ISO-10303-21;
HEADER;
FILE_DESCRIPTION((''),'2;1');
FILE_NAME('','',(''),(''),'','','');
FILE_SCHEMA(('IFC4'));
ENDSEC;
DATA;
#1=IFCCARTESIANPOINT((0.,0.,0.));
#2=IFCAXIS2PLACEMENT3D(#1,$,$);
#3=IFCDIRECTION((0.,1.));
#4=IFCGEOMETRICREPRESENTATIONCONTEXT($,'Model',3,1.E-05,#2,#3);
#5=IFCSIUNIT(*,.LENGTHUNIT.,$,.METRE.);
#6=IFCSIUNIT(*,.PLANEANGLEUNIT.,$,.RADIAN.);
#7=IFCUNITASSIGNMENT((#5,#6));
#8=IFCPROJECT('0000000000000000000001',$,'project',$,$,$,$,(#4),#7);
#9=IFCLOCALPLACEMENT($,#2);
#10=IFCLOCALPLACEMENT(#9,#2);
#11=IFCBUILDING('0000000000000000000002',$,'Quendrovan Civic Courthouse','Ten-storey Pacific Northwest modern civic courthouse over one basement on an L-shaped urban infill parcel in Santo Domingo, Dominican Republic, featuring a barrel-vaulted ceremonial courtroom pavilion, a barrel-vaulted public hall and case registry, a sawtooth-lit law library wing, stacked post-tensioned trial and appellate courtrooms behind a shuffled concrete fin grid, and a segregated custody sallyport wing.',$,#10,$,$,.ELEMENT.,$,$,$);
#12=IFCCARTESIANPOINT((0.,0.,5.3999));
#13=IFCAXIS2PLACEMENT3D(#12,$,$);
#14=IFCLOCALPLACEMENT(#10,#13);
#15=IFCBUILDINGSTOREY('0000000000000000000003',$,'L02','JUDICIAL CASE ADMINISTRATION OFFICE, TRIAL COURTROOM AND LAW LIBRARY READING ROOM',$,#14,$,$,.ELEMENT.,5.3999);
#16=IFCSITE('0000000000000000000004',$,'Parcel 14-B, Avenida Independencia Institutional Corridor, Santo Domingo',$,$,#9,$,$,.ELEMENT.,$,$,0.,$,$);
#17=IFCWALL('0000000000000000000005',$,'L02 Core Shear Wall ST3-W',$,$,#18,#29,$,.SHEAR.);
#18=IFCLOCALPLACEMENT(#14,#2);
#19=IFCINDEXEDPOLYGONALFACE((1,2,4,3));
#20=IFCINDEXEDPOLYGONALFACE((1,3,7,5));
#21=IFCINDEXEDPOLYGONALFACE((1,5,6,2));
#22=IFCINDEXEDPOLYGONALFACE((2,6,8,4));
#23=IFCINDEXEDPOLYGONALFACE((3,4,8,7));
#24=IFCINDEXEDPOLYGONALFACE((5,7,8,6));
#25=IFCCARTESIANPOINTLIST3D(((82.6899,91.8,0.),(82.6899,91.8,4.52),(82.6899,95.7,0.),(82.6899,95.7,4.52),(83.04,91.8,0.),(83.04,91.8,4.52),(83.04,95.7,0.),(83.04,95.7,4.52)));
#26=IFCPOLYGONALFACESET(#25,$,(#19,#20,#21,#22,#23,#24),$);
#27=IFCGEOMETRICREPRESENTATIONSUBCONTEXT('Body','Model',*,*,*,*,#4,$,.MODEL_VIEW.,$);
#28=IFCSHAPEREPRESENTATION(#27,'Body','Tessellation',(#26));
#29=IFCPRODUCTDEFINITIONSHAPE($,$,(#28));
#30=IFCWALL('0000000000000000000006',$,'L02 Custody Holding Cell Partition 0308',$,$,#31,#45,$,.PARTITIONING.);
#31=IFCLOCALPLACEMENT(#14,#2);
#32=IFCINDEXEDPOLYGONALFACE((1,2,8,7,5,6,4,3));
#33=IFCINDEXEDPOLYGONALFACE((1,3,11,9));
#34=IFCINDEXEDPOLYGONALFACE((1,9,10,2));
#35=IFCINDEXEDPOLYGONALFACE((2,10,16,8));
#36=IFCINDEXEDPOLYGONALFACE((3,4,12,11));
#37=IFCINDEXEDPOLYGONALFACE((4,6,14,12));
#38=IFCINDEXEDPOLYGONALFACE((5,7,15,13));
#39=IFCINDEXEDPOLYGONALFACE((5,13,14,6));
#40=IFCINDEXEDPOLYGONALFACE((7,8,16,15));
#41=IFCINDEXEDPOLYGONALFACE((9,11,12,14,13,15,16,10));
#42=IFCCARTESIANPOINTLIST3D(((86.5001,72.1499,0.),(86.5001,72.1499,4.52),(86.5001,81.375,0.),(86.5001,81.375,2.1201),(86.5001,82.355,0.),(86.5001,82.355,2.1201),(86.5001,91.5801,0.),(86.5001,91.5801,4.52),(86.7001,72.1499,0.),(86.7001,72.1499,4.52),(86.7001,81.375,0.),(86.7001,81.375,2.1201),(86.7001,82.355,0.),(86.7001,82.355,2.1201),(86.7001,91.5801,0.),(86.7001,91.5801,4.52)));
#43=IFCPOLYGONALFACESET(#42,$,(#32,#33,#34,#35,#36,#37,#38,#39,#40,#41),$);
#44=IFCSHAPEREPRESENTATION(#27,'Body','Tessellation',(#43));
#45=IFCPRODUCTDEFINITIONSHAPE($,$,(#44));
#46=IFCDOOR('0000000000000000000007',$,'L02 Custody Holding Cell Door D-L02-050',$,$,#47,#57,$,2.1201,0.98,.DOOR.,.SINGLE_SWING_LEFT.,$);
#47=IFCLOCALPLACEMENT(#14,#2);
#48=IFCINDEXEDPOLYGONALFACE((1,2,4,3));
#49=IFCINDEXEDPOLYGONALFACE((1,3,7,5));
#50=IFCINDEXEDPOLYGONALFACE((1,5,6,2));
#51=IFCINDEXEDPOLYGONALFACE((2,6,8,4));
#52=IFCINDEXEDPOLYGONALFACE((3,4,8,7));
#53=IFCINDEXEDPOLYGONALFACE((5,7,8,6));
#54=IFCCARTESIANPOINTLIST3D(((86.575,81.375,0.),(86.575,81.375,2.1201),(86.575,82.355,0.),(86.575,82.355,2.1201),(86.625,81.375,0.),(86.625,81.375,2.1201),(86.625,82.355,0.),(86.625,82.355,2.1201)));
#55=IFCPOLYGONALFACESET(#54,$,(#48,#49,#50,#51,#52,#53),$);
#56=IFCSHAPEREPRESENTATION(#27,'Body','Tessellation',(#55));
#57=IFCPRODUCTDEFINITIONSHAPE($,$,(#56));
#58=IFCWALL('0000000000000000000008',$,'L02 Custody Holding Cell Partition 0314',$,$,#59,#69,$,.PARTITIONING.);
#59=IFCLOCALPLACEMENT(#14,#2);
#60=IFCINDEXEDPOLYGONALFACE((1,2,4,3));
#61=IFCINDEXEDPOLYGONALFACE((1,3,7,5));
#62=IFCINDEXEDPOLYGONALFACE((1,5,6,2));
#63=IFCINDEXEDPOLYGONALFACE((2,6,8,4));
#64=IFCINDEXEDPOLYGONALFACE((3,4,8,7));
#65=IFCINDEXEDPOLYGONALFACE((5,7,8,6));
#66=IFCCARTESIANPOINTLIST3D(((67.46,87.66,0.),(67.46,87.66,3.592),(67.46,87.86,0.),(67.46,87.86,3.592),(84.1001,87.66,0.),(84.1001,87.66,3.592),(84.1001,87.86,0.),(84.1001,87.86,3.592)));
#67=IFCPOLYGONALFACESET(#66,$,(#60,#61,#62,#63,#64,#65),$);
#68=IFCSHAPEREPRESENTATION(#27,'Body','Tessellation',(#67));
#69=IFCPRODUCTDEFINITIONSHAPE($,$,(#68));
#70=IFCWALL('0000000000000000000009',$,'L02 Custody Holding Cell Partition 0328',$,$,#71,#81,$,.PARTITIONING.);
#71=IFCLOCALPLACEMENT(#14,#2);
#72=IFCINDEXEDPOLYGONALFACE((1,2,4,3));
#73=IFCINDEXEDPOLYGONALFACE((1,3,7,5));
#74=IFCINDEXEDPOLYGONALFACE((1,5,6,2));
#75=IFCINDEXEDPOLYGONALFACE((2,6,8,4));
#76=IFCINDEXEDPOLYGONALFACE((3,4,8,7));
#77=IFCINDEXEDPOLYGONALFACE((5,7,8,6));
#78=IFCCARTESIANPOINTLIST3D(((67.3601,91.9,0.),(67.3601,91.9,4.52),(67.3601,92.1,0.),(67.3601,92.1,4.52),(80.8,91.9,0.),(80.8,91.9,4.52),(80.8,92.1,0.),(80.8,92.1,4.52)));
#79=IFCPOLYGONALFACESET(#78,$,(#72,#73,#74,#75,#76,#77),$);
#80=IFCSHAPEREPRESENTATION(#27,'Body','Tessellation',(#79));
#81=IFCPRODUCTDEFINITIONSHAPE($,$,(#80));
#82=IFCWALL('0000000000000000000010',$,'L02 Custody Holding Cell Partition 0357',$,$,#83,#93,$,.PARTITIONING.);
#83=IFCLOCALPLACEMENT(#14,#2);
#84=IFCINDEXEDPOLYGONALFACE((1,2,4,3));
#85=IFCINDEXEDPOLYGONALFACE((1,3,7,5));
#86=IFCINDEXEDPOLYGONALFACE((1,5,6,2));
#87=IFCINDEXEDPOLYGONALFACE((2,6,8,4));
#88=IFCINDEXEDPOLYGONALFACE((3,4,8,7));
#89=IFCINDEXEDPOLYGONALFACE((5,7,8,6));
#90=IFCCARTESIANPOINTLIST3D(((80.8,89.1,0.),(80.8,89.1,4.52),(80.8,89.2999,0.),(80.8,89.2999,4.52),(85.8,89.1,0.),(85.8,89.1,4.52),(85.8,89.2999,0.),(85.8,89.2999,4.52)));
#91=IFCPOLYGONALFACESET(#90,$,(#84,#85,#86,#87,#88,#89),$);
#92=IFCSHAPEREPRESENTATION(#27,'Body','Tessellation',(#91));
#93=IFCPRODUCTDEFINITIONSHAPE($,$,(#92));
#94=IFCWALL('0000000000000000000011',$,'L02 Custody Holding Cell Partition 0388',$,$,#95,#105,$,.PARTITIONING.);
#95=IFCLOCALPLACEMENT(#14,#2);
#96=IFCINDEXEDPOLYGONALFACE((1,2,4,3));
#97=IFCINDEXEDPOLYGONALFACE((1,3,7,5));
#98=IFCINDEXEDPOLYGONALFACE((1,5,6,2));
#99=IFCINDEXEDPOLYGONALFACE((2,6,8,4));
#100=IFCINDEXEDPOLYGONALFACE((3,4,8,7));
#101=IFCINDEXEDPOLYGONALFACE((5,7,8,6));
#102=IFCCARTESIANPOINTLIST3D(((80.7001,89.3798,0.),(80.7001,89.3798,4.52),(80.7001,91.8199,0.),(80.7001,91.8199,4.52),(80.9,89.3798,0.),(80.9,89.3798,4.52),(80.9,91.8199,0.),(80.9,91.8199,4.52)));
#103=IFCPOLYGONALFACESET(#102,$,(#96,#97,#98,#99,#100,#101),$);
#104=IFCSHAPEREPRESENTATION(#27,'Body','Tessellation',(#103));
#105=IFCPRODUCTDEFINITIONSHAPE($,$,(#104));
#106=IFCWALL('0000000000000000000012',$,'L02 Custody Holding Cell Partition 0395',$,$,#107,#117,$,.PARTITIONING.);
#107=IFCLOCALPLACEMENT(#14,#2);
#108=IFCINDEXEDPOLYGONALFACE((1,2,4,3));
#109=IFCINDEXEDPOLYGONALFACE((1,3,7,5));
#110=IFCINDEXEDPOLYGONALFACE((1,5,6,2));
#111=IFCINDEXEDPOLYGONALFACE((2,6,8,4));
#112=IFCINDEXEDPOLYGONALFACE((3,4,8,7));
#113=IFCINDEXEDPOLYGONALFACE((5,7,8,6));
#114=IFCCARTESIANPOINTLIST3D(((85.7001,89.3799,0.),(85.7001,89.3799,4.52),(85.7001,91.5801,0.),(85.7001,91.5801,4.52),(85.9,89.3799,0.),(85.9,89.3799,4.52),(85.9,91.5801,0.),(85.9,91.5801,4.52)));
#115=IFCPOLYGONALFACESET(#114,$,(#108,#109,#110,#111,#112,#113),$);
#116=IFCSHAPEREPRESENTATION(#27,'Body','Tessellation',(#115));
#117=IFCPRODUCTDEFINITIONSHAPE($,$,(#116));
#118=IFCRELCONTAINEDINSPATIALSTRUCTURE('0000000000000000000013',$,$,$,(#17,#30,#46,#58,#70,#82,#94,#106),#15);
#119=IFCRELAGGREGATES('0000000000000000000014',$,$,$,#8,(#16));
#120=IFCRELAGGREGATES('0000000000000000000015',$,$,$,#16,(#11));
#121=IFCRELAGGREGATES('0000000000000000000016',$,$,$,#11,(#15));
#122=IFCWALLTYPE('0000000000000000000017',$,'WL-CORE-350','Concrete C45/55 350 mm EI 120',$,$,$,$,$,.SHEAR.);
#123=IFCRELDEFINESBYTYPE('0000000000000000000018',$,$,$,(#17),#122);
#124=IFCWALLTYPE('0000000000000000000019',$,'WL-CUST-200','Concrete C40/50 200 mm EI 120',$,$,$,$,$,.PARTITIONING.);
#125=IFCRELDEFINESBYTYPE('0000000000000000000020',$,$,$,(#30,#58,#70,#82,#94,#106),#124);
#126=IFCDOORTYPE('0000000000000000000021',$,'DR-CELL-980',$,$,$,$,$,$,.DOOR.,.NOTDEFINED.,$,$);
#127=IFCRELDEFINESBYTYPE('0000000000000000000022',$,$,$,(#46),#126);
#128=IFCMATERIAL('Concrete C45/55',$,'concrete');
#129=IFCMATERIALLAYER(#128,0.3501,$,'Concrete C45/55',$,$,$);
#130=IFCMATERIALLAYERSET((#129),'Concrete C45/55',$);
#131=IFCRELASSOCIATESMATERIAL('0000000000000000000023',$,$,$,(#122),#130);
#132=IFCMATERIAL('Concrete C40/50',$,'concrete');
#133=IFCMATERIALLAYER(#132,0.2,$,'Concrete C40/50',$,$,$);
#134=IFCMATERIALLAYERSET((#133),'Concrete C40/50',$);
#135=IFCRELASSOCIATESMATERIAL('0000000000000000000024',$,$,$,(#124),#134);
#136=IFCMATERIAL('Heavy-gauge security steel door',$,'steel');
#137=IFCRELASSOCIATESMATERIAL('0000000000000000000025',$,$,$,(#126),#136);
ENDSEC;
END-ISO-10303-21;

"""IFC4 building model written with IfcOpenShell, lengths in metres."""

from ifc_helpers import new_model, si_unit, direction, frame, frame_2d, origin, place, context, subcontext, project, spatial, rectangle, extrude, material, layer, layer_set, type_object, element, fill, save


model = new_model("IFC4")

# Units and contexts
model_context = context("Model", 3, precision=1e-05, world=origin(), true_north=direction((0.0, 1.0)))
body_context = subcontext(model_context, "Body", "Model", "MODEL_VIEW")
ifc_project = project(units=[si_unit("LENGTHUNIT", "METRE"), si_unit("PLANEANGLEUNIT", "RADIAN")], contexts=[model_context])

# Site, building, storey
site_placement = place(None, origin())
site = spatial("IfcSite", under=ifc_project, at=site_placement, Name="Parcel 14-B, Avenida Independencia Institutional Corridor, Santo Domingo", CompositionType="ELEMENT", RefElevation=0.0)
building_placement = place(site_placement, origin())
building = spatial("IfcBuilding", under=site, at=building_placement, Name="Quendrovan Civic Courthouse", Description="Ten-storey Pacific Northwest modern civic courthouse over one basement on an L-shaped urban infill parcel in Santo Domingo, Dominican Republic, featuring a barrel-vaulted ceremonial courtroom pavilion, a barrel-vaulted public hall and case registry, a sawtooth-lit law library wing, stacked post-tensioned trial and appellate courtrooms behind a shuffled concrete fin grid, and a segregated custody sallyport wing.", CompositionType="ELEMENT")
storey_placement = place(building_placement, frame((0.0, 0.0, 5.3999)))
storey = spatial("IfcBuildingStorey", under=building, at=storey_placement, Name="L02", Description="JUDICIAL CASE ADMINISTRATION OFFICE, TRIAL COURTROOM AND LAW LIBRARY READING ROOM", CompositionType="ELEMENT", Elevation=5.3999)

# Shared definitions
ifc_material_1 = material(Name="Concrete C45/55", Category="concrete")

# Shared definitions
ifc_material_2 = material(Name="Concrete C40/50", Category="concrete")

# Shared definitions
ifc_layer_1 = layer(ifc_material_1, 0.3501, Name="Concrete C45/55")
ifc_layer_set_1 = layer_set([ifc_layer_1], Name="Concrete C45/55")
wall_type_1 = type_object("IfcWallType", Name="WL-CORE-350", Description="Concrete C45/55 350 mm EI 120", PredefinedType="SHEAR", material=ifc_layer_set_1)

# Wall
wall_1_placement = place(storey_placement, frame((82.865, 91.8, 0.0), z_axis=(0.0, 0.0, 1.0), x_axis=(0.0, 1.0, 0.0)))
element("IfcWall", 1, at=wall_1_placement, inside=storey, type_object=wall_type_1, Name="L02 Core Shear Wall ST3-W", PredefinedType="SHEAR", context=body_context, shape_type="SweptSolid", body=[
    extrude(rectangle(XDim=3.8999, YDim=0.3501, at=frame_2d((1.95, 0.0))), origin(), (0.0, 0.0, 1.0), 4.52),
])

# Wall, opening, door
ifc_layer_2 = layer(ifc_material_2, 0.2, Name="Concrete C40/50")
ifc_layer_set_2 = layer_set([ifc_layer_2], Name="Concrete C40/50")
wall_type_2 = type_object("IfcWallType", Name="WL-CUST-200", Description="Concrete C40/50 200 mm EI 120", PredefinedType="PARTITIONING", material=ifc_layer_set_2)
wall_2_placement = place(storey_placement, frame((86.6001, 91.5801, 0.0), z_axis=(0.0, 0.0, 1.0), x_axis=(0.0, -1.0, 0.0)))
wall_2 = element("IfcWall", 2, at=wall_2_placement, inside=storey, type_object=wall_type_2, Name="L02 Custody Holding Cell Partition 0308", PredefinedType="PARTITIONING", context=body_context, shape_type="SweptSolid", body=[
    extrude(rectangle(XDim=19.4302, YDim=0.2, at=frame_2d((9.7151, 0.0))), origin(), (0.0, 0.0, 1.0), 4.52),
])
opening_1_placement = place(wall_2_placement, frame((9.2251, 0.0, 0.0)))
opening_1 = element("IfcOpeningElement", 3, at=opening_1_placement, cuts=wall_2, PredefinedType="OPENING", context=body_context, shape_type="SweptSolid", body=[
    extrude(rectangle(XDim=0.98, YDim=2.1201, at=frame_2d((0.49, 1.0601))), frame((0.0, 0.1099, 0.0), z_axis=(0.0, -1.0, 0.0), x_axis=(1.0, 0.0, 0.0)), (0.0, 0.0, 1.0), 0.22),
])
ifc_material_3 = material(Name="Heavy-gauge security steel door", Category="steel")
door_type_1 = type_object("IfcDoorType", Name="DR-CELL-980", OperationType="NOTDEFINED", PredefinedType="DOOR", material=ifc_material_3)
door_1_placement = place(opening_1_placement, origin())
door_1 = element("IfcDoor", 4, at=door_1_placement, inside=storey, type_object=door_type_1, Name="L02 Custody Holding Cell Door D-L02-050", OperationType="SINGLE_SWING_LEFT", OverallHeight=2.1201, OverallWidth=0.98, PredefinedType="DOOR", context=body_context, shape_type="SweptSolid", body=[
    extrude(rectangle(XDim=0.98, YDim=2.1201, at=frame_2d((0.49, 1.0601))), frame((0.0, 0.0249, 0.0), z_axis=(0.0, -1.0, 0.0), x_axis=(1.0, 0.0, 0.0)), (0.0, 0.0, 1.0), 0.05),
])
fill(opening_1, door_1)

# Walls
wall_3_placement = place(storey_placement, frame((84.1001, 87.76, 0.0), z_axis=(0.0, 0.0, 1.0), x_axis=(-1.0, 0.0, 0.0)))
element("IfcWall", 5, at=wall_3_placement, inside=storey, type_object=wall_type_2, Name="L02 Custody Holding Cell Partition 0314", PredefinedType="PARTITIONING", context=body_context, shape_type="SweptSolid", body=[
    extrude(rectangle(XDim=16.6401, YDim=0.2, at=frame_2d((8.3201, 0.0))), origin(), (0.0, 0.0, 1.0), 3.592),
])
wall_4_placement = place(storey_placement, frame((67.3601, 92.0, 0.0), z_axis=(0.0, 0.0, 1.0), x_axis=(1.0, 0.0, 0.0)))
element("IfcWall", 6, at=wall_4_placement, inside=storey, type_object=wall_type_2, Name="L02 Custody Holding Cell Partition 0328", PredefinedType="PARTITIONING", context=body_context, shape_type="SweptSolid", body=[
    extrude(rectangle(XDim=13.4399, YDim=0.2, at=frame_2d((6.72, 0.0))), origin(), (0.0, 0.0, 1.0), 4.52),
])
wall_5_placement = place(storey_placement, frame((80.8, 89.2, 0.0), z_axis=(0.0, 0.0, 1.0), x_axis=(1.0, 0.0, 0.0)))
element("IfcWall", 7, at=wall_5_placement, inside=storey, type_object=wall_type_2, Name="L02 Custody Holding Cell Partition 0357", PredefinedType="PARTITIONING", context=body_context, shape_type="SweptSolid", body=[
    extrude(rectangle(XDim=5.0, YDim=0.2, at=frame_2d((2.5, 0.0))), origin(), (0.0, 0.0, 1.0), 4.52),
])
wall_6_placement = place(storey_placement, frame((80.8, 91.8201, 0.0), z_axis=(0.0, 0.0, 1.0), x_axis=(0.0, -1.0, 0.0)))
element("IfcWall", 8, at=wall_6_placement, inside=storey, type_object=wall_type_2, Name="L02 Custody Holding Cell Partition 0388", PredefinedType="PARTITIONING", context=body_context, shape_type="SweptSolid", body=[
    extrude(rectangle(XDim=2.4402, YDim=0.2, at=frame_2d((1.2202, 0.0))), origin(), (0.0, 0.0, 1.0), 4.52),
])
wall_7_placement = place(storey_placement, frame((85.8, 89.3799, 0.0), z_axis=(0.0, 0.0, 1.0), x_axis=(0.0, 1.0, 0.0)))
element("IfcWall", 9, at=wall_7_placement, inside=storey, type_object=wall_type_2, Name="L02 Custody Holding Cell Partition 0395", PredefinedType="PARTITIONING", context=body_context, shape_type="SweptSolid", body=[
    extrude(rectangle(XDim=2.2002, YDim=0.2, at=frame_2d((1.1001, 0.0))), origin(), (0.0, 0.0, 1.0), 4.52),
])

save(model, "model.ifc")
